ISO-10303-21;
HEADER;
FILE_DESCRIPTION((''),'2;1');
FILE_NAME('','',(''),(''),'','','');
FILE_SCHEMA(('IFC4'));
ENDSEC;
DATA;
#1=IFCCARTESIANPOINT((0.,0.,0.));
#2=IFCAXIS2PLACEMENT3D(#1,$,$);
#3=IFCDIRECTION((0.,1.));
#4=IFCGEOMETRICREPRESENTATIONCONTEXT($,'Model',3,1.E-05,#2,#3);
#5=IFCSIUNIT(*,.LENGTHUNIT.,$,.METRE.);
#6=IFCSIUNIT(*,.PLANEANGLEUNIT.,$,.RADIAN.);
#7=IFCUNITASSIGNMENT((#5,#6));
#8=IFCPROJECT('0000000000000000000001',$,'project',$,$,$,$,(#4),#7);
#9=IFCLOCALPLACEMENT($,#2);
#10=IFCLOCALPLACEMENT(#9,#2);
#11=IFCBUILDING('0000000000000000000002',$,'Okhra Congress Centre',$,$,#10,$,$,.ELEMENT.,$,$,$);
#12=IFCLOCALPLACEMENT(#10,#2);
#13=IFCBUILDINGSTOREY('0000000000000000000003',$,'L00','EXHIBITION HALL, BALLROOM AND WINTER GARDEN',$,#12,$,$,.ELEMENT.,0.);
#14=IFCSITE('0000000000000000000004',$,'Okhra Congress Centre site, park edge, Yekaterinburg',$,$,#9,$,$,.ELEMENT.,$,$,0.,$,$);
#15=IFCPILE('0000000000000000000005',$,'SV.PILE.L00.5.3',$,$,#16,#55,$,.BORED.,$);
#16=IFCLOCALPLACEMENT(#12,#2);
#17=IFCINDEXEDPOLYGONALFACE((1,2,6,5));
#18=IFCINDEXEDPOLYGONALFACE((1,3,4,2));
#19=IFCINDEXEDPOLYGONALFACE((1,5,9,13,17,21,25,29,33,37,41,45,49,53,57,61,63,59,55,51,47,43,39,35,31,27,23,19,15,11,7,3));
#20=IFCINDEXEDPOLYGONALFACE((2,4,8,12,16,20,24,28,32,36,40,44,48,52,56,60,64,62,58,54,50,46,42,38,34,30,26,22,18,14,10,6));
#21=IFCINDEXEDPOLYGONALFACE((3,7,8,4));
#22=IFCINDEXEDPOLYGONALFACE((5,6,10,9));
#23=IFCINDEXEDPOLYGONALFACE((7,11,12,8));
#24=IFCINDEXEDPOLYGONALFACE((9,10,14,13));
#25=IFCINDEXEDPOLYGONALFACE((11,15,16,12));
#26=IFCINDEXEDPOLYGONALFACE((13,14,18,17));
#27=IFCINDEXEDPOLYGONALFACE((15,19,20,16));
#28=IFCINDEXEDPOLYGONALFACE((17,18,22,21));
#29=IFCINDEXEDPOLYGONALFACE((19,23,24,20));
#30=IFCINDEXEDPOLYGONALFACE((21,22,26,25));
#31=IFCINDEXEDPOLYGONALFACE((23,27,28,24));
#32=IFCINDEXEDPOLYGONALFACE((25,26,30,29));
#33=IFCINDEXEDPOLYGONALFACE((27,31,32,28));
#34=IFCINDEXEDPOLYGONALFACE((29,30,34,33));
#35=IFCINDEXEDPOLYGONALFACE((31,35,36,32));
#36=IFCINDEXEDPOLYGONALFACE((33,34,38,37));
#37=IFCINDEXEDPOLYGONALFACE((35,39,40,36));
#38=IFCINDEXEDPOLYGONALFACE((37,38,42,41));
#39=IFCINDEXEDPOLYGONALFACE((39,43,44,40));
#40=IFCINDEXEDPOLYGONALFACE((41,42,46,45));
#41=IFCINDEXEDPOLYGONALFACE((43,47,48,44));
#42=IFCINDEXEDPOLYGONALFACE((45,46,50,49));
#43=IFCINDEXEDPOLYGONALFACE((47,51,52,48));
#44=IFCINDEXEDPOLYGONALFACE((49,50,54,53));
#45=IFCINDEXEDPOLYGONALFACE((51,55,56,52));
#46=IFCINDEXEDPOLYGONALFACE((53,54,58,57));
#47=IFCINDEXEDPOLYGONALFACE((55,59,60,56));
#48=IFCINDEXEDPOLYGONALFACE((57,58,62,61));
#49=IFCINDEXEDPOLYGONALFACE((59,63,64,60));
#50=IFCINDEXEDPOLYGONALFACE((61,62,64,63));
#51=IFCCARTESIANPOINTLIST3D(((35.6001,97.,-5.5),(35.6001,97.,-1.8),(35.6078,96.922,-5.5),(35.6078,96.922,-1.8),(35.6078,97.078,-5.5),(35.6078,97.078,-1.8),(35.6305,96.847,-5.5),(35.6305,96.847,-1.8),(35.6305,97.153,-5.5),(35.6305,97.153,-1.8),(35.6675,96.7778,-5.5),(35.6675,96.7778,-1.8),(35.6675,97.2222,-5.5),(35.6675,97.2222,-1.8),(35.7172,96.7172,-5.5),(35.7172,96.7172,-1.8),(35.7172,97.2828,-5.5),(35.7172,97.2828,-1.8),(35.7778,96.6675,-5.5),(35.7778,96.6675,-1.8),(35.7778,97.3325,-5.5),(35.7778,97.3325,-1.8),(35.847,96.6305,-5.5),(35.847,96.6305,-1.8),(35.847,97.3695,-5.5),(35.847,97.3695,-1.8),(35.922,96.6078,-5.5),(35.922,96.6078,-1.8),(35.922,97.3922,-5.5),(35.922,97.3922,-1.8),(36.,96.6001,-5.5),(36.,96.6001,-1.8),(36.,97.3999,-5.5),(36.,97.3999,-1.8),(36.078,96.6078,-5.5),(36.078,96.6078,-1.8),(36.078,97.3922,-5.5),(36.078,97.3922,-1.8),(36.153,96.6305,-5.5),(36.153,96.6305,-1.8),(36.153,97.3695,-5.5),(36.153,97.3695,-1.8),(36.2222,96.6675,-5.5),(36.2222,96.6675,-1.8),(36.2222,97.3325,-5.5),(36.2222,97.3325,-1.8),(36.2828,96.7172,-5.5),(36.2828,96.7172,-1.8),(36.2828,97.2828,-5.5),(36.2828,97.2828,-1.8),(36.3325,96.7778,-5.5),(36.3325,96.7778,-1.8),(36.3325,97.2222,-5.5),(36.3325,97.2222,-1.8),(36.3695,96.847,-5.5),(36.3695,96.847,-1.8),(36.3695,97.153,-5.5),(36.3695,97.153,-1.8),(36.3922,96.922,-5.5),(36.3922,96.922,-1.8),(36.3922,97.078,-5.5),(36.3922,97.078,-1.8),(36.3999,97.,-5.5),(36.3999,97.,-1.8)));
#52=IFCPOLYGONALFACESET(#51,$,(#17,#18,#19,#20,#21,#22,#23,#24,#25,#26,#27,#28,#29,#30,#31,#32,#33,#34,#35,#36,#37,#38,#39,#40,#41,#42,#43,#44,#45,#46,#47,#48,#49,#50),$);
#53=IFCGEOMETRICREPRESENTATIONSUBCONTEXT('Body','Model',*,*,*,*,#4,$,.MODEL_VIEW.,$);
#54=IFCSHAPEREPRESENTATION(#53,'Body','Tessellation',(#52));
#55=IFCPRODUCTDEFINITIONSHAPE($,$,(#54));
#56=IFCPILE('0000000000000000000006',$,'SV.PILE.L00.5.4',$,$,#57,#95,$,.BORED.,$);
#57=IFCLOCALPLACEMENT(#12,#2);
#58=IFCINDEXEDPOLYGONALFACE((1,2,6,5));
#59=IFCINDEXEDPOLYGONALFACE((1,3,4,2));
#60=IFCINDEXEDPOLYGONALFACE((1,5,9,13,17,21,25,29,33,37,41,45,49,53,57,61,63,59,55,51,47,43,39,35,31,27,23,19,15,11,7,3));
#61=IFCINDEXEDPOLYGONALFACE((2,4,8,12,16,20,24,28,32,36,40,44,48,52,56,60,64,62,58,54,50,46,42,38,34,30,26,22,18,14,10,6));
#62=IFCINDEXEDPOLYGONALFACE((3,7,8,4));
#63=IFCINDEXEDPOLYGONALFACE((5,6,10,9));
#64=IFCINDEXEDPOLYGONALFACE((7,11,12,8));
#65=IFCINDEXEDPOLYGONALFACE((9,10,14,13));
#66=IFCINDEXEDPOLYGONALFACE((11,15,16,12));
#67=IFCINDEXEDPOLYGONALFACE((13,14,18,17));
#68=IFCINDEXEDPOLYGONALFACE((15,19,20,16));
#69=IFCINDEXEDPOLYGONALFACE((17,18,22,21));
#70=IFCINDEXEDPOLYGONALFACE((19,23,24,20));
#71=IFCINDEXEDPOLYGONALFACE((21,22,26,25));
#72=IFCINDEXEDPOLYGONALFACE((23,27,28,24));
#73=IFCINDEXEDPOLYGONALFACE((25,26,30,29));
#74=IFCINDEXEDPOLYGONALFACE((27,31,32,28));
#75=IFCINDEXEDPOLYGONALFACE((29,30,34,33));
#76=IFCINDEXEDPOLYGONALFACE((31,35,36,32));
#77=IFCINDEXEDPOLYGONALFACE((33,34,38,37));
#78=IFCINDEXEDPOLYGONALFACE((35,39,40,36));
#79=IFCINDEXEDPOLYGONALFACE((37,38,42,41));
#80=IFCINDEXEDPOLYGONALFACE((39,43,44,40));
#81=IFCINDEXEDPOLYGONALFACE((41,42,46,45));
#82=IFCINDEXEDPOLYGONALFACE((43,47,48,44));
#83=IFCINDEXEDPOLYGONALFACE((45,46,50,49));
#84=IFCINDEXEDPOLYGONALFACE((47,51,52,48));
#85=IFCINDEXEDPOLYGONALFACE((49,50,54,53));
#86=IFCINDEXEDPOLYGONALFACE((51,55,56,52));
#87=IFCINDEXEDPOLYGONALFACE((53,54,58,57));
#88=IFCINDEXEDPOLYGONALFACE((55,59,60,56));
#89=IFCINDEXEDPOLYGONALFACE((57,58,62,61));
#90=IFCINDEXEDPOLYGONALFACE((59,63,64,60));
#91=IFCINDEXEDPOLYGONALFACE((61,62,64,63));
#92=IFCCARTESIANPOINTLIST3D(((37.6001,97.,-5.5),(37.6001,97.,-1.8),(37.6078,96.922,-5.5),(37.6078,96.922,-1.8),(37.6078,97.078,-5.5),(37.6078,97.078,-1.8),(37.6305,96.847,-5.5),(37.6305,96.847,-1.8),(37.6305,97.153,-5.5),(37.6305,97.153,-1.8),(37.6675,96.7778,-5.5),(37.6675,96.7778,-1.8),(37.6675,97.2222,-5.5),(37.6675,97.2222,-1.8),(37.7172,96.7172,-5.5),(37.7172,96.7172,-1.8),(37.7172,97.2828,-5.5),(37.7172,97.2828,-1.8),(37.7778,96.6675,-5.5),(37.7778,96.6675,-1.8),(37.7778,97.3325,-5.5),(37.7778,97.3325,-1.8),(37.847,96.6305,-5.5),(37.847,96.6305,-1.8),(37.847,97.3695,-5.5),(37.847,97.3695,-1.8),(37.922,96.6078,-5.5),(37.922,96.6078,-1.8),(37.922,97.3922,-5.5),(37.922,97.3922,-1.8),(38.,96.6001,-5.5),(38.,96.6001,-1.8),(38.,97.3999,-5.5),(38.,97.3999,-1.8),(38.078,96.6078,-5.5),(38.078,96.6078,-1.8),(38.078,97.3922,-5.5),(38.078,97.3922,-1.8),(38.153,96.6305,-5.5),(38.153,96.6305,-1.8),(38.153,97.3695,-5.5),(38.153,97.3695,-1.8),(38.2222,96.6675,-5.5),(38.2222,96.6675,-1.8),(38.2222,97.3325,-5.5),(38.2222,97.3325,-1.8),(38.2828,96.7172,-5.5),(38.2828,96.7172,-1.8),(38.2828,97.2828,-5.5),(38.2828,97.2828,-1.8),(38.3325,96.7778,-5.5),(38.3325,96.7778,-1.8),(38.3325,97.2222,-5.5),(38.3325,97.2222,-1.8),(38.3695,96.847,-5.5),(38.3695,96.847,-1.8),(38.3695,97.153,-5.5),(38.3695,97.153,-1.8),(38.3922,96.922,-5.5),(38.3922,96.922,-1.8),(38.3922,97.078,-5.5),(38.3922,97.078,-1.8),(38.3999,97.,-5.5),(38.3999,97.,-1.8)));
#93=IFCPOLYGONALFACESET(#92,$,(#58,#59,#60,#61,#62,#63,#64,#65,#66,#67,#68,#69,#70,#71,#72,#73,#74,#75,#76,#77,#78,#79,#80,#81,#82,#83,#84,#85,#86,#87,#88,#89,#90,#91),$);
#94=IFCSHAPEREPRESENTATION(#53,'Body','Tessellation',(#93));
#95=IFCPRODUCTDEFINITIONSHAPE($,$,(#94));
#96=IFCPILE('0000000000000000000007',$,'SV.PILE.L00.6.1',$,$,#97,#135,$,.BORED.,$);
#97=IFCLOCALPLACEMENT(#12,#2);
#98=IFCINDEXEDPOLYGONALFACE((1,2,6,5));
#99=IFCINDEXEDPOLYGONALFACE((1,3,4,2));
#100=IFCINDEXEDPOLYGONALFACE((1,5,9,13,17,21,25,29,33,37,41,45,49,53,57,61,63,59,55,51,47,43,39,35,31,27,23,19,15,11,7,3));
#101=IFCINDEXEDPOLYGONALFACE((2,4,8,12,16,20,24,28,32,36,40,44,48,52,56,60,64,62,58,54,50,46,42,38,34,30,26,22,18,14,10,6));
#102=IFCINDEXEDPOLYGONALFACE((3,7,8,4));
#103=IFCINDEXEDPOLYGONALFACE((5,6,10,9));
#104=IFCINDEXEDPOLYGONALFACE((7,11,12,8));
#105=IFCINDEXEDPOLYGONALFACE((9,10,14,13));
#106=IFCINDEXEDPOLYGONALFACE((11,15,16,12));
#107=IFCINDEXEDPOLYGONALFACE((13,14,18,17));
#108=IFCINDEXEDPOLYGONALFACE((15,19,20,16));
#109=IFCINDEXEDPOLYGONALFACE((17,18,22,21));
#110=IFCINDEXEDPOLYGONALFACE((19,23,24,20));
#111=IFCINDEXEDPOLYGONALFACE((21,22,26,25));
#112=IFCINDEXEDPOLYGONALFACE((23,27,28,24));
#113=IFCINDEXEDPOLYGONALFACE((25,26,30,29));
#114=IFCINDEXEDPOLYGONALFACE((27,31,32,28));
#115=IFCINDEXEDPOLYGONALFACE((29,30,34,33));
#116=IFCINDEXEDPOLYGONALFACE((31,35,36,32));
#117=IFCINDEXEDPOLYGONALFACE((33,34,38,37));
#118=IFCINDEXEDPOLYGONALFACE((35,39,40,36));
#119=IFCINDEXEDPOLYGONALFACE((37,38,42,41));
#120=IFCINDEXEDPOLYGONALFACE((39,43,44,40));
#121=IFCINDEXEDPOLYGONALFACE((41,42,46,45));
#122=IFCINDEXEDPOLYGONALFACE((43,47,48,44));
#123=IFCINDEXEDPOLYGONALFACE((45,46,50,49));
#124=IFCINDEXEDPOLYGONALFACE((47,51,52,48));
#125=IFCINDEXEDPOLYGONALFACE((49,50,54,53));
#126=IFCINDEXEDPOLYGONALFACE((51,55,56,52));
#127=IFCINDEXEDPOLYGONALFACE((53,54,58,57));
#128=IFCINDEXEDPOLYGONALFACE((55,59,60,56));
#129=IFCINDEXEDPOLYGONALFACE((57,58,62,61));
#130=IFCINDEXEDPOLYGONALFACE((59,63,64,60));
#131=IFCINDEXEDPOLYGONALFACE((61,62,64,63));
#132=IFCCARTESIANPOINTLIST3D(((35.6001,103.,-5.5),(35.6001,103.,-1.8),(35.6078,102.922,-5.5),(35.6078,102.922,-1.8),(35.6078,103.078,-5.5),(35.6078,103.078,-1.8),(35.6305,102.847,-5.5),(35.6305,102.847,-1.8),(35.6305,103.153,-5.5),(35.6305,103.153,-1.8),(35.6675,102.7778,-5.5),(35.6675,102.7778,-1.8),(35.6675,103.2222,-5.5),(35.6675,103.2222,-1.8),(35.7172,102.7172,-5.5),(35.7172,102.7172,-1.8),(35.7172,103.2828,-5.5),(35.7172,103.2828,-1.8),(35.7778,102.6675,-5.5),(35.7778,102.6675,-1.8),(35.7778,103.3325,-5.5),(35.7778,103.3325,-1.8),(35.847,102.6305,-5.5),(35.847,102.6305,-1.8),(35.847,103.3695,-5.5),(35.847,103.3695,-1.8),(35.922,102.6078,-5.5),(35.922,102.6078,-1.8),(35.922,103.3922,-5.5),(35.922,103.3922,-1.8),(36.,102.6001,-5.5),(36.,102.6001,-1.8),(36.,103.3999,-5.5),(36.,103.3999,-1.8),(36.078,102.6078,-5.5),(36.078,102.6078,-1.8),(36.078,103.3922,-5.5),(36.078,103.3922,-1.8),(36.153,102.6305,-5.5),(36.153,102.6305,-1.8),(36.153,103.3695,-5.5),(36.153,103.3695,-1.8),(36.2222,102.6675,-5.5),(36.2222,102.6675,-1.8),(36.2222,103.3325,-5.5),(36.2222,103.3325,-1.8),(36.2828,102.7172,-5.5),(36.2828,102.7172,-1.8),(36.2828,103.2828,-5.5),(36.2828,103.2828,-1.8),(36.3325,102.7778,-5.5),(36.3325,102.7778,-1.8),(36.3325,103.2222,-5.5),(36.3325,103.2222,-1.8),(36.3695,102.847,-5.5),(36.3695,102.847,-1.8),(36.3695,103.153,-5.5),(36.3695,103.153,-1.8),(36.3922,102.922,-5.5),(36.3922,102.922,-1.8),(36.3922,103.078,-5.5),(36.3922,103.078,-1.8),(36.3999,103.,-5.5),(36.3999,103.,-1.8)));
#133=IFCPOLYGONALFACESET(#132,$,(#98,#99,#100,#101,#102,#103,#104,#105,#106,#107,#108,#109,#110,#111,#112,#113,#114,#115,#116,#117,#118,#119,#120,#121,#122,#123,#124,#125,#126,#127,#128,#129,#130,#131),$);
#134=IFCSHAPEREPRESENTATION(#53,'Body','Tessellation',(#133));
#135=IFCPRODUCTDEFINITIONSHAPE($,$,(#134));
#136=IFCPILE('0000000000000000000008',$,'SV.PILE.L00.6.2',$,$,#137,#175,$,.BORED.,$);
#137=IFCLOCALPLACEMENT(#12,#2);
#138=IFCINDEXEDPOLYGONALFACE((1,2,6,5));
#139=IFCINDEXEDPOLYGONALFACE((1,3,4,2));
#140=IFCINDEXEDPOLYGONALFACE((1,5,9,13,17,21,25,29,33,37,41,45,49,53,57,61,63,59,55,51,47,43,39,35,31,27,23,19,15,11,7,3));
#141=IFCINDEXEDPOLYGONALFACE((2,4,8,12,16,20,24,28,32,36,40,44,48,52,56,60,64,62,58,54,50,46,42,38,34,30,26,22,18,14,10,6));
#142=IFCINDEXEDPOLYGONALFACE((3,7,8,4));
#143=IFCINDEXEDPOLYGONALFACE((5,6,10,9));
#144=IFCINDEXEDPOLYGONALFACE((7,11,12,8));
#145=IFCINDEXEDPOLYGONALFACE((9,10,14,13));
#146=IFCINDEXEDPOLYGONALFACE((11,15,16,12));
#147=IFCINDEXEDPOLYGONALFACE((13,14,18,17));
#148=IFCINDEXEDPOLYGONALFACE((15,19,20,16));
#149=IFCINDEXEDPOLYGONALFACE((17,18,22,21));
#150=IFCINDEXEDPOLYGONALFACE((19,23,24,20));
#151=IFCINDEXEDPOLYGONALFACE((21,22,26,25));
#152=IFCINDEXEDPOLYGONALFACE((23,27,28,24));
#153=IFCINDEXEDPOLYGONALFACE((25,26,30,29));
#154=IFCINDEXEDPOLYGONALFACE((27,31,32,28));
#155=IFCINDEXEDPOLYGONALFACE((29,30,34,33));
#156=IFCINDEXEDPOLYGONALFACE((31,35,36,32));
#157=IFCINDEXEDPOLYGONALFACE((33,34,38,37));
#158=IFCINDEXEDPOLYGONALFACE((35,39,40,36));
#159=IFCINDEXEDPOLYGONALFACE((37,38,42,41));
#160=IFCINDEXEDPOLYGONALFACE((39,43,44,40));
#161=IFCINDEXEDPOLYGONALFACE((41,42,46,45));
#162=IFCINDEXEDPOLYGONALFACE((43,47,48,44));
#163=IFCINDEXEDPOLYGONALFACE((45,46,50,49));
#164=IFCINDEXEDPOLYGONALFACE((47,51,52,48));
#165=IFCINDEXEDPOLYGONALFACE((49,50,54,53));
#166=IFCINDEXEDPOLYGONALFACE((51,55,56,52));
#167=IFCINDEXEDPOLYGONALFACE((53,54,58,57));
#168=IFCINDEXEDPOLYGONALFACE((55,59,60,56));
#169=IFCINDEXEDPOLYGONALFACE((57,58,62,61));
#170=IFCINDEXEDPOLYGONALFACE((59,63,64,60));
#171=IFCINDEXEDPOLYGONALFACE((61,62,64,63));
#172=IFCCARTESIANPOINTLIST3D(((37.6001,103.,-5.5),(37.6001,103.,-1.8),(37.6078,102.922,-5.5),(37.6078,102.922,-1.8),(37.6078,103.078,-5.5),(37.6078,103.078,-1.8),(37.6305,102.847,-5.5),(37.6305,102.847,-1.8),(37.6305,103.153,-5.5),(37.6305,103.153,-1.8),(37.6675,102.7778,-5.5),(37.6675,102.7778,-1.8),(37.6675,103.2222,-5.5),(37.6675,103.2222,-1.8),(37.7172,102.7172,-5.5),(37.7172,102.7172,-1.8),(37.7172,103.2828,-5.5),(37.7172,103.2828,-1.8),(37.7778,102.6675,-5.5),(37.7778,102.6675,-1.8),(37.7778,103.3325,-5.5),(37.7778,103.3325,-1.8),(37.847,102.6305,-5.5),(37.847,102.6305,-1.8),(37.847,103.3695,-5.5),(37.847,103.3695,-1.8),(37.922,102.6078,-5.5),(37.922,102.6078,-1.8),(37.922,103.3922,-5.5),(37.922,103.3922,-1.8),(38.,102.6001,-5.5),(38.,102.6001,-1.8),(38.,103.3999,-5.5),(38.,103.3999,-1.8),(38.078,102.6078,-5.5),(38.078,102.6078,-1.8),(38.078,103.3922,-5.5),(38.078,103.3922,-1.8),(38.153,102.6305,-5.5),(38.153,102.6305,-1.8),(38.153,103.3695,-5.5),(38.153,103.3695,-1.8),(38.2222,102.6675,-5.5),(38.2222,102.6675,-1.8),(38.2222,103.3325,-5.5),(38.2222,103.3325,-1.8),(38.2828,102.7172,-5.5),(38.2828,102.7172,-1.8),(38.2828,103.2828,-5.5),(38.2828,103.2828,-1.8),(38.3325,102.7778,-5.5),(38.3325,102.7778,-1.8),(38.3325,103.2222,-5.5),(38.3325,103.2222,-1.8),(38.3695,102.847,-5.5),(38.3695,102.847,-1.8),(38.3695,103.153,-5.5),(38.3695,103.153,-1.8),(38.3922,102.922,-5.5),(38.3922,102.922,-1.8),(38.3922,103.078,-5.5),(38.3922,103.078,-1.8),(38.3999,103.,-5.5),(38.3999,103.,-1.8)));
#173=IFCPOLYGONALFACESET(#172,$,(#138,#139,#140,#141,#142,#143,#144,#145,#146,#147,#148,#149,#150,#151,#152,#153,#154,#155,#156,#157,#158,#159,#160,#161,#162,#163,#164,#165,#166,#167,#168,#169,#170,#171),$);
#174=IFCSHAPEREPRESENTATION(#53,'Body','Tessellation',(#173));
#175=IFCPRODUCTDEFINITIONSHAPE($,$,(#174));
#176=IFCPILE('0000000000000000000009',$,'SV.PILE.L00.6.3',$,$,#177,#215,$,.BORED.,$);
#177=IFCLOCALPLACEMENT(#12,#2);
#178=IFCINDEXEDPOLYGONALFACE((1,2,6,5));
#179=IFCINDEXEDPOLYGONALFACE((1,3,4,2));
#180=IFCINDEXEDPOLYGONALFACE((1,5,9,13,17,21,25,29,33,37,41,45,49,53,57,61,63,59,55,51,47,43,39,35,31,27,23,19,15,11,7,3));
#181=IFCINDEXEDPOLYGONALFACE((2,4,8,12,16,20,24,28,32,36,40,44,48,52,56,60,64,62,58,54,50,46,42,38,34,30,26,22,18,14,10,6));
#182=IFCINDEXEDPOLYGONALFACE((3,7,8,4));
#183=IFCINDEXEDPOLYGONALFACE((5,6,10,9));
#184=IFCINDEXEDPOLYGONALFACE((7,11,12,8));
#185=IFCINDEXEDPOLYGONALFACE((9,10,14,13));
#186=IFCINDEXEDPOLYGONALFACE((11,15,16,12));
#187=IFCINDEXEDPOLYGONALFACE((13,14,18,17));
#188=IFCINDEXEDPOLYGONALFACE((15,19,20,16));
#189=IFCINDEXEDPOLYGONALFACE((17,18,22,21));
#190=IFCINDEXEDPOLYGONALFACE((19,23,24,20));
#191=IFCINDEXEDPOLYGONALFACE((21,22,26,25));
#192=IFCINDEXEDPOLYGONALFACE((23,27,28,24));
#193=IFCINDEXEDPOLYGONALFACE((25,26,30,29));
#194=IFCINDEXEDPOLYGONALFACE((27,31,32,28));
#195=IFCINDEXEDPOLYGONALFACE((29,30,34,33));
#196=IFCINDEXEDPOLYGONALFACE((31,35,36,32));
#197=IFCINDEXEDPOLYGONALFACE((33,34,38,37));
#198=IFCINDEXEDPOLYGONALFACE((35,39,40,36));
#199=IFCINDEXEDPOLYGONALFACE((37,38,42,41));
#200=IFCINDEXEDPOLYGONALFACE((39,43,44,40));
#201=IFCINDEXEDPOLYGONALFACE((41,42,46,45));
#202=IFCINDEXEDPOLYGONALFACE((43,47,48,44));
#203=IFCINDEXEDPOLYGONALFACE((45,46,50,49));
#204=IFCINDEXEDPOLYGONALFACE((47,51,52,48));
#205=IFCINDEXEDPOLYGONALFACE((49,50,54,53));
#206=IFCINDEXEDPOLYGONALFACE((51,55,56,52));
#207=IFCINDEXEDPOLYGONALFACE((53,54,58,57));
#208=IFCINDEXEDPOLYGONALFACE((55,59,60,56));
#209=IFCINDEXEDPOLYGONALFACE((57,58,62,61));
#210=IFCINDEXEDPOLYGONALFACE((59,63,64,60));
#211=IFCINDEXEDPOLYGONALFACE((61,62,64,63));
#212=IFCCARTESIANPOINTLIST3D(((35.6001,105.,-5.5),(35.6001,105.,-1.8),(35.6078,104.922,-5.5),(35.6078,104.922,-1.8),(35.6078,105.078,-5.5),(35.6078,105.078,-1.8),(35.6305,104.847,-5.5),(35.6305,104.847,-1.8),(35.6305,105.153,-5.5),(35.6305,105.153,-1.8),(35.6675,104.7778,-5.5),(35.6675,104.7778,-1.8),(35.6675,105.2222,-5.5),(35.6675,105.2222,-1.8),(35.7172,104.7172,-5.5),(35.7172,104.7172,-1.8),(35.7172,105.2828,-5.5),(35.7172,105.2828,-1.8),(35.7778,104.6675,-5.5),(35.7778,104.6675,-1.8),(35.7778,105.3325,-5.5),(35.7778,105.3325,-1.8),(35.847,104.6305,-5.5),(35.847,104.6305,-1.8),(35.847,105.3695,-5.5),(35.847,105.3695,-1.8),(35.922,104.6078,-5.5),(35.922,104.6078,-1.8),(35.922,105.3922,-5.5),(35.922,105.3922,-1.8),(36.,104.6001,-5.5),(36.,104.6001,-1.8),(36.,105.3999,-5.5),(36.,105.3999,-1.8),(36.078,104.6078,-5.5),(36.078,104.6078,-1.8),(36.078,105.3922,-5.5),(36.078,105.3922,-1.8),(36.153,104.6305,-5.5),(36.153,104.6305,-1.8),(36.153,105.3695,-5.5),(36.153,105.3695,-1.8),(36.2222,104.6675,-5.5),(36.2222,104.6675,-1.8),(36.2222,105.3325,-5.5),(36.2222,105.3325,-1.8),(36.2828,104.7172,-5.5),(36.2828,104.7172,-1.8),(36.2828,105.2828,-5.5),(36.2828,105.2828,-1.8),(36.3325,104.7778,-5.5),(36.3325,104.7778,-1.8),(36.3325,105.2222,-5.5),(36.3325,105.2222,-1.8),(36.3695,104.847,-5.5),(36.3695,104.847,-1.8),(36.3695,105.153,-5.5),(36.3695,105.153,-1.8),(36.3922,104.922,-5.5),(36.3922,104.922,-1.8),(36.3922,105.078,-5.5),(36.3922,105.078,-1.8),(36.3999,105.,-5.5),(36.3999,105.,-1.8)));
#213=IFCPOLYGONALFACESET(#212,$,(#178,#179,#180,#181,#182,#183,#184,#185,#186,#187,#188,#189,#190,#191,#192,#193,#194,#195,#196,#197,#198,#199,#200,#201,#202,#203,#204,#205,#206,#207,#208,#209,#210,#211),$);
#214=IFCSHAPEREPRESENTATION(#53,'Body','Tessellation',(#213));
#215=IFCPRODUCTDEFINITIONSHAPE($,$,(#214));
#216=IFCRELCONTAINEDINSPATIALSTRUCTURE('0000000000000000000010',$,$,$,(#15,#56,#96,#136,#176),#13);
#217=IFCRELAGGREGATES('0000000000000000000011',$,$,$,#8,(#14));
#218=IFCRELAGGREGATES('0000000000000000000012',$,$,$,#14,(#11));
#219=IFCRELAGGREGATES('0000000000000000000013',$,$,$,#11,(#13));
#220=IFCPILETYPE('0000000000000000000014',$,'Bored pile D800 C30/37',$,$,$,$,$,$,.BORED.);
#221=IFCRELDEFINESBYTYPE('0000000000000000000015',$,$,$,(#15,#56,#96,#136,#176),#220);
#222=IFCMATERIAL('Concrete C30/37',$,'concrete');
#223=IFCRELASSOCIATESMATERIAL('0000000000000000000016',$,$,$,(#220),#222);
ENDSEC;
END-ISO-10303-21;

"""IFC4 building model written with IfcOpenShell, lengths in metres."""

from ifc_helpers import new_model, si_unit, direction, frame, origin, origin_2d, place, context, subcontext, project, spatial, circle, extrude, material, material_profile, profile_set, type_object, element, save


model = new_model("IFC4")

# Units and contexts
model_context = context("Model", 3, precision=1e-05, world=origin(), true_north=direction((0.0, 1.0)))
body_context = subcontext(model_context, "Body", "Model", "MODEL_VIEW")
ifc_project = project(units=[si_unit("LENGTHUNIT", "METRE"), si_unit("PLANEANGLEUNIT", "RADIAN")], contexts=[model_context])

# Site, building, storey
site_placement = place(None, origin())
site = spatial("IfcSite", under=ifc_project, at=site_placement, Name="Okhra Congress Centre site, park edge, Yekaterinburg", CompositionType="ELEMENT", RefElevation=0.0)
building_placement = place(site_placement, origin())
building = spatial("IfcBuilding", under=site, at=building_placement, Name="Okhra Congress Centre", CompositionType="ELEMENT")
storey_placement = place(building_placement, origin())
storey = spatial("IfcBuildingStorey", under=building, at=storey_placement, Name="L00", Description="EXHIBITION HALL, BALLROOM AND WINTER GARDEN", CompositionType="ELEMENT", Elevation=0.0)

# Piles
ifc_material_1 = material(Name="Concrete C30/37", Category="concrete")
ifc_material_profile_1 = material_profile(ifc_material_1, circle(Radius=0.3999, at=origin_2d()), Name="D800")
ifc_profile_set_1 = profile_set([ifc_material_profile_1], Name="Concrete C30/37")
pile_type = type_object("IfcPileType", Name="Bored pile D800 C30/37", PredefinedType="BORED", material=ifc_profile_set_1)
for number, where, z_axis, x_axis, name in (
    (1, (36.0, 97.0, -1.8), (0.0, 0.0, -1.0), (1.0, 0.0, 0.0), "SV.PILE.L00.5.3"),
    (2, (38.0, 97.0, -1.8), (0.0, 0.0, -1.0), (1.0, 0.0, 0.0), "SV.PILE.L00.5.4"),
    (3, (36.0, 103.0, -1.8), (0.0, 0.0, -1.0), (1.0, 0.0, 0.0), "SV.PILE.L00.6.1"),
    (4, (38.0, 103.0, -1.8), (0.0, 0.0, -1.0), (1.0, 0.0, 0.0), "SV.PILE.L00.6.2"),
    (5, (36.0, 105.0, -1.8), (0.0, 0.0, -1.0), (1.0, 0.0, 0.0), "SV.PILE.L00.6.3"),
):
    element("IfcPile", number, at=place(storey_placement, frame(where, z_axis=z_axis, x_axis=x_axis)), inside=storey, type_object=pile_type, Name=name, PredefinedType="BORED", context=body_context, shape_type="SweptSolid", body=[
        extrude(circle(Radius=0.3999, at=origin_2d()), origin(), (0.0, 0.0, 1.0), 3.7),
    ])

save(model, "model.ifc")
